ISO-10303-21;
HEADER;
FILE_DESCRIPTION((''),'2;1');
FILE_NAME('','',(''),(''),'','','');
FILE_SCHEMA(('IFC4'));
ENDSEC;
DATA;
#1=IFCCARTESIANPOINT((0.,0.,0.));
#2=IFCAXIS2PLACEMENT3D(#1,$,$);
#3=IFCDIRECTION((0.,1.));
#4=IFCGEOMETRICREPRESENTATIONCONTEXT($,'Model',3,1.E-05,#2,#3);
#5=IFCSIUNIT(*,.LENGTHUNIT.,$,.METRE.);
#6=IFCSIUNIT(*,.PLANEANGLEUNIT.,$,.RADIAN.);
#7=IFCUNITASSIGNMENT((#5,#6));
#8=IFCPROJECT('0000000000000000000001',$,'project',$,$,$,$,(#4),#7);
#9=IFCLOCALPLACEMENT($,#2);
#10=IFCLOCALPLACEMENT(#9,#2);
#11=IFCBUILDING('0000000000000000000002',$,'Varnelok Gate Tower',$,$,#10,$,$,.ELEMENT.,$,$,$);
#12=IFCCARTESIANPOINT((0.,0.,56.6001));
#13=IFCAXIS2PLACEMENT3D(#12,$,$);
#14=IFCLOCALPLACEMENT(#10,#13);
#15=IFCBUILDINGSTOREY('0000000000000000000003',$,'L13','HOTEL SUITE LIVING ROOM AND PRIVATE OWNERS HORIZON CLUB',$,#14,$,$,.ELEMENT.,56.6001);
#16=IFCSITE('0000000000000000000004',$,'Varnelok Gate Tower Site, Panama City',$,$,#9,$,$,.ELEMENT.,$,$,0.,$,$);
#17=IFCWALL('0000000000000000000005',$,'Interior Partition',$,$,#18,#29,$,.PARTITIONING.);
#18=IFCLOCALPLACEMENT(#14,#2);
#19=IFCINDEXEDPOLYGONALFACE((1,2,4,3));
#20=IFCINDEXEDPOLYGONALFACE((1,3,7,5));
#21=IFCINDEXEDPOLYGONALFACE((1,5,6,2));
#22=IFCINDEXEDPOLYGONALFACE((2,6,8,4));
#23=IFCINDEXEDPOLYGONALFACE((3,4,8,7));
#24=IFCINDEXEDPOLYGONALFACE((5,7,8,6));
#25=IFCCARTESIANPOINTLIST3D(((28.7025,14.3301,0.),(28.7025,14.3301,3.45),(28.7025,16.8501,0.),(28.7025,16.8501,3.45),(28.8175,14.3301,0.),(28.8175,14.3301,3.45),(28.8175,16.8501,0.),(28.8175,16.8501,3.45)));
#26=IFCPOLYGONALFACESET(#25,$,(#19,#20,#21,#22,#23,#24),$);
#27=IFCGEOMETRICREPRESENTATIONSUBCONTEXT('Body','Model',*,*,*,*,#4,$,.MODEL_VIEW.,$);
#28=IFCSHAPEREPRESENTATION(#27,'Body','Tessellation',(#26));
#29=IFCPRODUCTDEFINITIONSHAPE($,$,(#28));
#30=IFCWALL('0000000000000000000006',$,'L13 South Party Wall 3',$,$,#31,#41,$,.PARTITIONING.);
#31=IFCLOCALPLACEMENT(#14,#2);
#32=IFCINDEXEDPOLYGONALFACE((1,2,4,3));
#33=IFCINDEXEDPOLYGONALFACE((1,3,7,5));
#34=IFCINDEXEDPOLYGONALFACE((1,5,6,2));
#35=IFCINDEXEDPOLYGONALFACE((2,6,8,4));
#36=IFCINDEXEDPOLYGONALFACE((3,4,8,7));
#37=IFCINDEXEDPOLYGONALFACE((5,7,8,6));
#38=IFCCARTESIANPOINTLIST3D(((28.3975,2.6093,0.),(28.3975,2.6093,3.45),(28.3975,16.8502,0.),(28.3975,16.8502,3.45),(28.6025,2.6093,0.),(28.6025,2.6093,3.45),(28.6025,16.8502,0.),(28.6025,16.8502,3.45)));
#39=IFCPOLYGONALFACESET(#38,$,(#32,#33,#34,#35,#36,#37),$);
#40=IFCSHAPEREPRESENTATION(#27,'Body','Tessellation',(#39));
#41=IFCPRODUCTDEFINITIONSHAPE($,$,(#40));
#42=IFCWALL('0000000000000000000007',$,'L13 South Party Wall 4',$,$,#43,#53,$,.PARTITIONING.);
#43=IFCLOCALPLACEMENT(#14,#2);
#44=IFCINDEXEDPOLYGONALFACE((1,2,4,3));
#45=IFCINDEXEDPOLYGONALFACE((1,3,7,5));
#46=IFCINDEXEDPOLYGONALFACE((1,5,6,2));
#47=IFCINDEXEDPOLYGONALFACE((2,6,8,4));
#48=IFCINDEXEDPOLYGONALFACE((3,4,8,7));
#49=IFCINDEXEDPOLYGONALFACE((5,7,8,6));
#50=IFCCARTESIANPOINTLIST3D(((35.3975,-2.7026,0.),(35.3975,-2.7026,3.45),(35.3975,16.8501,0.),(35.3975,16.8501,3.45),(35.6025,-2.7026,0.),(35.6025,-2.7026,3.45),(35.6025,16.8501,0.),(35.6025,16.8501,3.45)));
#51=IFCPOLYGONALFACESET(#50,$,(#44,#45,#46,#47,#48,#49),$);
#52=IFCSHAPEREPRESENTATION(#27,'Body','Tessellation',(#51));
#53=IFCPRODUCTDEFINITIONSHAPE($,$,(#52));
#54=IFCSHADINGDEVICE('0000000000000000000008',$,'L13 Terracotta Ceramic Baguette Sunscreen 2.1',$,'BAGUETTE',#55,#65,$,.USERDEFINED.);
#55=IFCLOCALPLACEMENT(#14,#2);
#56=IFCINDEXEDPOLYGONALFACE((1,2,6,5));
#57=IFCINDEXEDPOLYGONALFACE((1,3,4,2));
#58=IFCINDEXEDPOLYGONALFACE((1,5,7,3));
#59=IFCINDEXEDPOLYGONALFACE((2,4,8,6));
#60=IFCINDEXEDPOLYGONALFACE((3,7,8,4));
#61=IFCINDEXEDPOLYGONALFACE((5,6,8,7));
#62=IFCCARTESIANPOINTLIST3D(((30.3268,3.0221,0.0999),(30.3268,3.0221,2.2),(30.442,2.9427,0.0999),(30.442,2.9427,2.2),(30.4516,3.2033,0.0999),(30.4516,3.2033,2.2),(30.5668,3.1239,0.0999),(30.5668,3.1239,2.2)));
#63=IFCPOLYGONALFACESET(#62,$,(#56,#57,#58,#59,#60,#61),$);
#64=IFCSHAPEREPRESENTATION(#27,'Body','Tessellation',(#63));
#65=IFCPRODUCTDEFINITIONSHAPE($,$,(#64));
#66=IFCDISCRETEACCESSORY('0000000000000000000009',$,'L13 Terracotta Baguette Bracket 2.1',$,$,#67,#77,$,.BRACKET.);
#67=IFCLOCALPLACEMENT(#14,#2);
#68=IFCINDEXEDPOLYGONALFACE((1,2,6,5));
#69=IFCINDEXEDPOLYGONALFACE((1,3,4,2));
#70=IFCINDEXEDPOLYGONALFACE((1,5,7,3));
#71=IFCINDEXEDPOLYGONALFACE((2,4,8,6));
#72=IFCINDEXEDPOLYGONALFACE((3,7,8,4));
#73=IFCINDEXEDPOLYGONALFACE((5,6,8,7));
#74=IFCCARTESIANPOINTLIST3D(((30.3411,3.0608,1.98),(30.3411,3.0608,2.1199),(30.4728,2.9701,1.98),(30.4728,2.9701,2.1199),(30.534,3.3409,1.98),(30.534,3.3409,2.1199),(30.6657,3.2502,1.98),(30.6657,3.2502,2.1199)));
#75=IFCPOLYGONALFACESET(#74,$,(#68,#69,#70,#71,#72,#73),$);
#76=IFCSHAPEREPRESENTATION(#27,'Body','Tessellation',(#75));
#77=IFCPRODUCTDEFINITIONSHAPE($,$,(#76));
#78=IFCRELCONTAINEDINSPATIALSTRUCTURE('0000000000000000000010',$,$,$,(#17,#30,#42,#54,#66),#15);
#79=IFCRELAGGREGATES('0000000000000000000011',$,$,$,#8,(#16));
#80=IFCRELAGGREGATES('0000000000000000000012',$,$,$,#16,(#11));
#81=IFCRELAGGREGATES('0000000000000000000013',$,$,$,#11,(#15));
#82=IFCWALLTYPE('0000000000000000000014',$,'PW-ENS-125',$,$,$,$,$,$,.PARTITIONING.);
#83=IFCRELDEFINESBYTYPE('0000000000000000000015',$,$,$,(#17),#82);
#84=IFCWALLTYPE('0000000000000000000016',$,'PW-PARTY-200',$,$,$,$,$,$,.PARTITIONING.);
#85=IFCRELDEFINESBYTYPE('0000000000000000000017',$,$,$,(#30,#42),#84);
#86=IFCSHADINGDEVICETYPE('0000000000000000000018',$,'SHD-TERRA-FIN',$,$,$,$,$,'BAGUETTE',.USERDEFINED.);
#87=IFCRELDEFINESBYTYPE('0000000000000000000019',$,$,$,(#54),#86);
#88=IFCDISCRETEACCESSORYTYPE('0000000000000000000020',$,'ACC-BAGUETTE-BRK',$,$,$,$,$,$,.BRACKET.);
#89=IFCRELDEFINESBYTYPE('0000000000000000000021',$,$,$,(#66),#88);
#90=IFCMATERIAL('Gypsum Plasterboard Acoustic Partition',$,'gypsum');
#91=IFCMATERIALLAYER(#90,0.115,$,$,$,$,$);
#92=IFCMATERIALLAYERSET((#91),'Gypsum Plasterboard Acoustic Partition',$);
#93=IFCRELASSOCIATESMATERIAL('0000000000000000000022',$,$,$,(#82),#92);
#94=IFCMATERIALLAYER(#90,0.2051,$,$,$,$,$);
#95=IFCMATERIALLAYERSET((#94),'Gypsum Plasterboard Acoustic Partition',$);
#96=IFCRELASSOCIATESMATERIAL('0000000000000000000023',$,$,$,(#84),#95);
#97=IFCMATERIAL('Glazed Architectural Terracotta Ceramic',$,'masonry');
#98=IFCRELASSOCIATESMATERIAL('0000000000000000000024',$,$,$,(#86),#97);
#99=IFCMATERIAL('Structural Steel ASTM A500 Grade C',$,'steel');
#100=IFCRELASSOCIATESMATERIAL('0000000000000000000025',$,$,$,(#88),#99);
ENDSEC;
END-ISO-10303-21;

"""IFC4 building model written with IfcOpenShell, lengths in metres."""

from ifc_helpers import new_model, si_unit, direction, frame, frame_2d, origin, origin_2d, place, context, subcontext, project, spatial, rectangle, extrude, source, transform, mapped, material, layer, layer_set, type_object, element, save


model = new_model("IFC4")

# Units and contexts
model_context = context("Model", 3, precision=1e-05, world=origin(), true_north=direction((0.0, 1.0)))
body_context = subcontext(model_context, "Body", "Model", "MODEL_VIEW")
ifc_project = project(units=[si_unit("LENGTHUNIT", "METRE"), si_unit("PLANEANGLEUNIT", "RADIAN")], contexts=[model_context])

# Site, building, storey
site_placement = place(None, origin())
site = spatial("IfcSite", under=ifc_project, at=site_placement, Name="Varnelok Gate Tower Site, Panama City", CompositionType="ELEMENT", RefElevation=0.0)
building_placement = place(site_placement, origin())
building = spatial("IfcBuilding", under=site, at=building_placement, Name="Varnelok Gate Tower", CompositionType="ELEMENT")
storey_placement = place(building_placement, frame((0.0, 0.0, 56.6001)))
storey = spatial("IfcBuildingStorey", under=building, at=storey_placement, Name="L13", Description="HOTEL SUITE LIVING ROOM AND PRIVATE OWNERS HORIZON CLUB", CompositionType="ELEMENT", Elevation=56.6001)

# Shared definitions
ifc_material_1 = material(Name="Gypsum Plasterboard Acoustic Partition", Category="gypsum")

# Shared definitions
ifc_layer_1 = layer(ifc_material_1, 0.115)
ifc_layer_set_1 = layer_set([ifc_layer_1], Name="Gypsum Plasterboard Acoustic Partition")
wall_type_1 = type_object("IfcWallType", Name="PW-ENS-125", PredefinedType="PARTITIONING", material=ifc_layer_set_1)

# Walls
wall_1_placement = place(storey_placement, frame((28.76, 14.3301, 0.0), z_axis=(0.0, 0.0, 1.0), x_axis=(0.0, 1.0, 0.0)))
element("IfcWall", 1, at=wall_1_placement, inside=storey, type_object=wall_type_1, Name="Interior Partition", PredefinedType="PARTITIONING", context=body_context, shape_type="SweptSolid", body=[
    extrude(rectangle(XDim=2.52, YDim=0.115, at=frame_2d((1.26, 0.0))), origin(), (0.0, 0.0, 1.0), 3.45),
])
ifc_layer_2 = layer(ifc_material_1, 0.2051)
ifc_layer_set_2 = layer_set([ifc_layer_2], Name="Gypsum Plasterboard Acoustic Partition")
wall_type_2 = type_object("IfcWallType", Name="PW-PARTY-200", PredefinedType="PARTITIONING", material=ifc_layer_set_2)
wall_2_placement = place(storey_placement, frame((28.5, 2.6091, 0.0), z_axis=(0.0, 0.0, 1.0), x_axis=(0.0, 1.0, 0.0)))
element("IfcWall", 2, at=wall_2_placement, inside=storey, type_object=wall_type_2, Name="L13 South Party Wall 3", PredefinedType="PARTITIONING", context=body_context, shape_type="SweptSolid", body=[
    extrude(rectangle(XDim=14.241, YDim=0.2051, at=frame_2d((7.1206, 0.0))), origin(), (0.0, 0.0, 1.0), 3.45),
])
wall_3_placement = place(storey_placement, frame((35.5, -2.7026, 0.0), z_axis=(0.0, 0.0, 1.0), x_axis=(0.0, 1.0, 0.0)))
element("IfcWall", 3, at=wall_3_placement, inside=storey, type_object=wall_type_2, Name="L13 South Party Wall 4", PredefinedType="PARTITIONING", context=body_context, shape_type="SweptSolid", body=[
    extrude(rectangle(XDim=19.5527, YDim=0.2051, at=frame_2d((9.7764, 0.0))), origin(), (0.0, 0.0, 1.0), 3.45),
])

# Shading device
ifc_material_2 = material(Name="Glazed Architectural Terracotta Ceramic", Category="masonry")
shading_device_type = type_object("IfcShadingDeviceType", Name="SHD-TERRA-FIN", ElementType="BAGUETTE", PredefinedType="USERDEFINED", material=ifc_material_2)
shared_shape_1 = source(origin(), body_context, "Body", "SweptSolid", [
    extrude(rectangle(XDim=0.1399, YDim=0.22, at=origin_2d()), origin(), (0.0, 0.0, 1.0), 2.1001),
])
shading_device_placement = place(storey_placement, frame((30.4468, 3.073, 0.0999), z_axis=(0.0, 0.0, 1.0), x_axis=(0.823533, -0.567269, 0.0)))
element("IfcShadingDevice", 4, at=shading_device_placement, inside=storey, type_object=shading_device_type, Name="L13 Terracotta Ceramic Baguette Sunscreen 2.1", ObjectType="BAGUETTE", PredefinedType="USERDEFINED", context=body_context, shape_type="MappedRepresentation", body=[
    mapped(shared_shape_1, transform((0.0, 0.0, 0.0), scale=1.0)),
])

# Discrete accessory
ifc_material_3 = material(Name="Structural Steel ASTM A500 Grade C", Category="steel")
discrete_accessory_type = type_object("IfcDiscreteAccessoryType", Name="ACC-BAGUETTE-BRK", PredefinedType="BRACKET", material=ifc_material_3)
shared_shape_2 = source(origin(), body_context, "Body", "SweptSolid", [
    extrude(rectangle(XDim=0.1599, YDim=0.3401, at=origin_2d()), origin(), (0.0, 0.0, 1.0), 0.1399),
])
discrete_accessory_placement = place(storey_placement, frame((30.5034, 3.1555, 1.98), z_axis=(0.0, 0.0, 1.0), x_axis=(0.823533, -0.567269, 0.0)))
element("IfcDiscreteAccessory", 5, at=discrete_accessory_placement, inside=storey, type_object=discrete_accessory_type, Name="L13 Terracotta Baguette Bracket 2.1", PredefinedType="BRACKET", context=body_context, shape_type="MappedRepresentation", body=[
    mapped(shared_shape_2, transform((0.0, 0.0, 0.0), scale=1.0)),
])

save(model, "model.ifc")
